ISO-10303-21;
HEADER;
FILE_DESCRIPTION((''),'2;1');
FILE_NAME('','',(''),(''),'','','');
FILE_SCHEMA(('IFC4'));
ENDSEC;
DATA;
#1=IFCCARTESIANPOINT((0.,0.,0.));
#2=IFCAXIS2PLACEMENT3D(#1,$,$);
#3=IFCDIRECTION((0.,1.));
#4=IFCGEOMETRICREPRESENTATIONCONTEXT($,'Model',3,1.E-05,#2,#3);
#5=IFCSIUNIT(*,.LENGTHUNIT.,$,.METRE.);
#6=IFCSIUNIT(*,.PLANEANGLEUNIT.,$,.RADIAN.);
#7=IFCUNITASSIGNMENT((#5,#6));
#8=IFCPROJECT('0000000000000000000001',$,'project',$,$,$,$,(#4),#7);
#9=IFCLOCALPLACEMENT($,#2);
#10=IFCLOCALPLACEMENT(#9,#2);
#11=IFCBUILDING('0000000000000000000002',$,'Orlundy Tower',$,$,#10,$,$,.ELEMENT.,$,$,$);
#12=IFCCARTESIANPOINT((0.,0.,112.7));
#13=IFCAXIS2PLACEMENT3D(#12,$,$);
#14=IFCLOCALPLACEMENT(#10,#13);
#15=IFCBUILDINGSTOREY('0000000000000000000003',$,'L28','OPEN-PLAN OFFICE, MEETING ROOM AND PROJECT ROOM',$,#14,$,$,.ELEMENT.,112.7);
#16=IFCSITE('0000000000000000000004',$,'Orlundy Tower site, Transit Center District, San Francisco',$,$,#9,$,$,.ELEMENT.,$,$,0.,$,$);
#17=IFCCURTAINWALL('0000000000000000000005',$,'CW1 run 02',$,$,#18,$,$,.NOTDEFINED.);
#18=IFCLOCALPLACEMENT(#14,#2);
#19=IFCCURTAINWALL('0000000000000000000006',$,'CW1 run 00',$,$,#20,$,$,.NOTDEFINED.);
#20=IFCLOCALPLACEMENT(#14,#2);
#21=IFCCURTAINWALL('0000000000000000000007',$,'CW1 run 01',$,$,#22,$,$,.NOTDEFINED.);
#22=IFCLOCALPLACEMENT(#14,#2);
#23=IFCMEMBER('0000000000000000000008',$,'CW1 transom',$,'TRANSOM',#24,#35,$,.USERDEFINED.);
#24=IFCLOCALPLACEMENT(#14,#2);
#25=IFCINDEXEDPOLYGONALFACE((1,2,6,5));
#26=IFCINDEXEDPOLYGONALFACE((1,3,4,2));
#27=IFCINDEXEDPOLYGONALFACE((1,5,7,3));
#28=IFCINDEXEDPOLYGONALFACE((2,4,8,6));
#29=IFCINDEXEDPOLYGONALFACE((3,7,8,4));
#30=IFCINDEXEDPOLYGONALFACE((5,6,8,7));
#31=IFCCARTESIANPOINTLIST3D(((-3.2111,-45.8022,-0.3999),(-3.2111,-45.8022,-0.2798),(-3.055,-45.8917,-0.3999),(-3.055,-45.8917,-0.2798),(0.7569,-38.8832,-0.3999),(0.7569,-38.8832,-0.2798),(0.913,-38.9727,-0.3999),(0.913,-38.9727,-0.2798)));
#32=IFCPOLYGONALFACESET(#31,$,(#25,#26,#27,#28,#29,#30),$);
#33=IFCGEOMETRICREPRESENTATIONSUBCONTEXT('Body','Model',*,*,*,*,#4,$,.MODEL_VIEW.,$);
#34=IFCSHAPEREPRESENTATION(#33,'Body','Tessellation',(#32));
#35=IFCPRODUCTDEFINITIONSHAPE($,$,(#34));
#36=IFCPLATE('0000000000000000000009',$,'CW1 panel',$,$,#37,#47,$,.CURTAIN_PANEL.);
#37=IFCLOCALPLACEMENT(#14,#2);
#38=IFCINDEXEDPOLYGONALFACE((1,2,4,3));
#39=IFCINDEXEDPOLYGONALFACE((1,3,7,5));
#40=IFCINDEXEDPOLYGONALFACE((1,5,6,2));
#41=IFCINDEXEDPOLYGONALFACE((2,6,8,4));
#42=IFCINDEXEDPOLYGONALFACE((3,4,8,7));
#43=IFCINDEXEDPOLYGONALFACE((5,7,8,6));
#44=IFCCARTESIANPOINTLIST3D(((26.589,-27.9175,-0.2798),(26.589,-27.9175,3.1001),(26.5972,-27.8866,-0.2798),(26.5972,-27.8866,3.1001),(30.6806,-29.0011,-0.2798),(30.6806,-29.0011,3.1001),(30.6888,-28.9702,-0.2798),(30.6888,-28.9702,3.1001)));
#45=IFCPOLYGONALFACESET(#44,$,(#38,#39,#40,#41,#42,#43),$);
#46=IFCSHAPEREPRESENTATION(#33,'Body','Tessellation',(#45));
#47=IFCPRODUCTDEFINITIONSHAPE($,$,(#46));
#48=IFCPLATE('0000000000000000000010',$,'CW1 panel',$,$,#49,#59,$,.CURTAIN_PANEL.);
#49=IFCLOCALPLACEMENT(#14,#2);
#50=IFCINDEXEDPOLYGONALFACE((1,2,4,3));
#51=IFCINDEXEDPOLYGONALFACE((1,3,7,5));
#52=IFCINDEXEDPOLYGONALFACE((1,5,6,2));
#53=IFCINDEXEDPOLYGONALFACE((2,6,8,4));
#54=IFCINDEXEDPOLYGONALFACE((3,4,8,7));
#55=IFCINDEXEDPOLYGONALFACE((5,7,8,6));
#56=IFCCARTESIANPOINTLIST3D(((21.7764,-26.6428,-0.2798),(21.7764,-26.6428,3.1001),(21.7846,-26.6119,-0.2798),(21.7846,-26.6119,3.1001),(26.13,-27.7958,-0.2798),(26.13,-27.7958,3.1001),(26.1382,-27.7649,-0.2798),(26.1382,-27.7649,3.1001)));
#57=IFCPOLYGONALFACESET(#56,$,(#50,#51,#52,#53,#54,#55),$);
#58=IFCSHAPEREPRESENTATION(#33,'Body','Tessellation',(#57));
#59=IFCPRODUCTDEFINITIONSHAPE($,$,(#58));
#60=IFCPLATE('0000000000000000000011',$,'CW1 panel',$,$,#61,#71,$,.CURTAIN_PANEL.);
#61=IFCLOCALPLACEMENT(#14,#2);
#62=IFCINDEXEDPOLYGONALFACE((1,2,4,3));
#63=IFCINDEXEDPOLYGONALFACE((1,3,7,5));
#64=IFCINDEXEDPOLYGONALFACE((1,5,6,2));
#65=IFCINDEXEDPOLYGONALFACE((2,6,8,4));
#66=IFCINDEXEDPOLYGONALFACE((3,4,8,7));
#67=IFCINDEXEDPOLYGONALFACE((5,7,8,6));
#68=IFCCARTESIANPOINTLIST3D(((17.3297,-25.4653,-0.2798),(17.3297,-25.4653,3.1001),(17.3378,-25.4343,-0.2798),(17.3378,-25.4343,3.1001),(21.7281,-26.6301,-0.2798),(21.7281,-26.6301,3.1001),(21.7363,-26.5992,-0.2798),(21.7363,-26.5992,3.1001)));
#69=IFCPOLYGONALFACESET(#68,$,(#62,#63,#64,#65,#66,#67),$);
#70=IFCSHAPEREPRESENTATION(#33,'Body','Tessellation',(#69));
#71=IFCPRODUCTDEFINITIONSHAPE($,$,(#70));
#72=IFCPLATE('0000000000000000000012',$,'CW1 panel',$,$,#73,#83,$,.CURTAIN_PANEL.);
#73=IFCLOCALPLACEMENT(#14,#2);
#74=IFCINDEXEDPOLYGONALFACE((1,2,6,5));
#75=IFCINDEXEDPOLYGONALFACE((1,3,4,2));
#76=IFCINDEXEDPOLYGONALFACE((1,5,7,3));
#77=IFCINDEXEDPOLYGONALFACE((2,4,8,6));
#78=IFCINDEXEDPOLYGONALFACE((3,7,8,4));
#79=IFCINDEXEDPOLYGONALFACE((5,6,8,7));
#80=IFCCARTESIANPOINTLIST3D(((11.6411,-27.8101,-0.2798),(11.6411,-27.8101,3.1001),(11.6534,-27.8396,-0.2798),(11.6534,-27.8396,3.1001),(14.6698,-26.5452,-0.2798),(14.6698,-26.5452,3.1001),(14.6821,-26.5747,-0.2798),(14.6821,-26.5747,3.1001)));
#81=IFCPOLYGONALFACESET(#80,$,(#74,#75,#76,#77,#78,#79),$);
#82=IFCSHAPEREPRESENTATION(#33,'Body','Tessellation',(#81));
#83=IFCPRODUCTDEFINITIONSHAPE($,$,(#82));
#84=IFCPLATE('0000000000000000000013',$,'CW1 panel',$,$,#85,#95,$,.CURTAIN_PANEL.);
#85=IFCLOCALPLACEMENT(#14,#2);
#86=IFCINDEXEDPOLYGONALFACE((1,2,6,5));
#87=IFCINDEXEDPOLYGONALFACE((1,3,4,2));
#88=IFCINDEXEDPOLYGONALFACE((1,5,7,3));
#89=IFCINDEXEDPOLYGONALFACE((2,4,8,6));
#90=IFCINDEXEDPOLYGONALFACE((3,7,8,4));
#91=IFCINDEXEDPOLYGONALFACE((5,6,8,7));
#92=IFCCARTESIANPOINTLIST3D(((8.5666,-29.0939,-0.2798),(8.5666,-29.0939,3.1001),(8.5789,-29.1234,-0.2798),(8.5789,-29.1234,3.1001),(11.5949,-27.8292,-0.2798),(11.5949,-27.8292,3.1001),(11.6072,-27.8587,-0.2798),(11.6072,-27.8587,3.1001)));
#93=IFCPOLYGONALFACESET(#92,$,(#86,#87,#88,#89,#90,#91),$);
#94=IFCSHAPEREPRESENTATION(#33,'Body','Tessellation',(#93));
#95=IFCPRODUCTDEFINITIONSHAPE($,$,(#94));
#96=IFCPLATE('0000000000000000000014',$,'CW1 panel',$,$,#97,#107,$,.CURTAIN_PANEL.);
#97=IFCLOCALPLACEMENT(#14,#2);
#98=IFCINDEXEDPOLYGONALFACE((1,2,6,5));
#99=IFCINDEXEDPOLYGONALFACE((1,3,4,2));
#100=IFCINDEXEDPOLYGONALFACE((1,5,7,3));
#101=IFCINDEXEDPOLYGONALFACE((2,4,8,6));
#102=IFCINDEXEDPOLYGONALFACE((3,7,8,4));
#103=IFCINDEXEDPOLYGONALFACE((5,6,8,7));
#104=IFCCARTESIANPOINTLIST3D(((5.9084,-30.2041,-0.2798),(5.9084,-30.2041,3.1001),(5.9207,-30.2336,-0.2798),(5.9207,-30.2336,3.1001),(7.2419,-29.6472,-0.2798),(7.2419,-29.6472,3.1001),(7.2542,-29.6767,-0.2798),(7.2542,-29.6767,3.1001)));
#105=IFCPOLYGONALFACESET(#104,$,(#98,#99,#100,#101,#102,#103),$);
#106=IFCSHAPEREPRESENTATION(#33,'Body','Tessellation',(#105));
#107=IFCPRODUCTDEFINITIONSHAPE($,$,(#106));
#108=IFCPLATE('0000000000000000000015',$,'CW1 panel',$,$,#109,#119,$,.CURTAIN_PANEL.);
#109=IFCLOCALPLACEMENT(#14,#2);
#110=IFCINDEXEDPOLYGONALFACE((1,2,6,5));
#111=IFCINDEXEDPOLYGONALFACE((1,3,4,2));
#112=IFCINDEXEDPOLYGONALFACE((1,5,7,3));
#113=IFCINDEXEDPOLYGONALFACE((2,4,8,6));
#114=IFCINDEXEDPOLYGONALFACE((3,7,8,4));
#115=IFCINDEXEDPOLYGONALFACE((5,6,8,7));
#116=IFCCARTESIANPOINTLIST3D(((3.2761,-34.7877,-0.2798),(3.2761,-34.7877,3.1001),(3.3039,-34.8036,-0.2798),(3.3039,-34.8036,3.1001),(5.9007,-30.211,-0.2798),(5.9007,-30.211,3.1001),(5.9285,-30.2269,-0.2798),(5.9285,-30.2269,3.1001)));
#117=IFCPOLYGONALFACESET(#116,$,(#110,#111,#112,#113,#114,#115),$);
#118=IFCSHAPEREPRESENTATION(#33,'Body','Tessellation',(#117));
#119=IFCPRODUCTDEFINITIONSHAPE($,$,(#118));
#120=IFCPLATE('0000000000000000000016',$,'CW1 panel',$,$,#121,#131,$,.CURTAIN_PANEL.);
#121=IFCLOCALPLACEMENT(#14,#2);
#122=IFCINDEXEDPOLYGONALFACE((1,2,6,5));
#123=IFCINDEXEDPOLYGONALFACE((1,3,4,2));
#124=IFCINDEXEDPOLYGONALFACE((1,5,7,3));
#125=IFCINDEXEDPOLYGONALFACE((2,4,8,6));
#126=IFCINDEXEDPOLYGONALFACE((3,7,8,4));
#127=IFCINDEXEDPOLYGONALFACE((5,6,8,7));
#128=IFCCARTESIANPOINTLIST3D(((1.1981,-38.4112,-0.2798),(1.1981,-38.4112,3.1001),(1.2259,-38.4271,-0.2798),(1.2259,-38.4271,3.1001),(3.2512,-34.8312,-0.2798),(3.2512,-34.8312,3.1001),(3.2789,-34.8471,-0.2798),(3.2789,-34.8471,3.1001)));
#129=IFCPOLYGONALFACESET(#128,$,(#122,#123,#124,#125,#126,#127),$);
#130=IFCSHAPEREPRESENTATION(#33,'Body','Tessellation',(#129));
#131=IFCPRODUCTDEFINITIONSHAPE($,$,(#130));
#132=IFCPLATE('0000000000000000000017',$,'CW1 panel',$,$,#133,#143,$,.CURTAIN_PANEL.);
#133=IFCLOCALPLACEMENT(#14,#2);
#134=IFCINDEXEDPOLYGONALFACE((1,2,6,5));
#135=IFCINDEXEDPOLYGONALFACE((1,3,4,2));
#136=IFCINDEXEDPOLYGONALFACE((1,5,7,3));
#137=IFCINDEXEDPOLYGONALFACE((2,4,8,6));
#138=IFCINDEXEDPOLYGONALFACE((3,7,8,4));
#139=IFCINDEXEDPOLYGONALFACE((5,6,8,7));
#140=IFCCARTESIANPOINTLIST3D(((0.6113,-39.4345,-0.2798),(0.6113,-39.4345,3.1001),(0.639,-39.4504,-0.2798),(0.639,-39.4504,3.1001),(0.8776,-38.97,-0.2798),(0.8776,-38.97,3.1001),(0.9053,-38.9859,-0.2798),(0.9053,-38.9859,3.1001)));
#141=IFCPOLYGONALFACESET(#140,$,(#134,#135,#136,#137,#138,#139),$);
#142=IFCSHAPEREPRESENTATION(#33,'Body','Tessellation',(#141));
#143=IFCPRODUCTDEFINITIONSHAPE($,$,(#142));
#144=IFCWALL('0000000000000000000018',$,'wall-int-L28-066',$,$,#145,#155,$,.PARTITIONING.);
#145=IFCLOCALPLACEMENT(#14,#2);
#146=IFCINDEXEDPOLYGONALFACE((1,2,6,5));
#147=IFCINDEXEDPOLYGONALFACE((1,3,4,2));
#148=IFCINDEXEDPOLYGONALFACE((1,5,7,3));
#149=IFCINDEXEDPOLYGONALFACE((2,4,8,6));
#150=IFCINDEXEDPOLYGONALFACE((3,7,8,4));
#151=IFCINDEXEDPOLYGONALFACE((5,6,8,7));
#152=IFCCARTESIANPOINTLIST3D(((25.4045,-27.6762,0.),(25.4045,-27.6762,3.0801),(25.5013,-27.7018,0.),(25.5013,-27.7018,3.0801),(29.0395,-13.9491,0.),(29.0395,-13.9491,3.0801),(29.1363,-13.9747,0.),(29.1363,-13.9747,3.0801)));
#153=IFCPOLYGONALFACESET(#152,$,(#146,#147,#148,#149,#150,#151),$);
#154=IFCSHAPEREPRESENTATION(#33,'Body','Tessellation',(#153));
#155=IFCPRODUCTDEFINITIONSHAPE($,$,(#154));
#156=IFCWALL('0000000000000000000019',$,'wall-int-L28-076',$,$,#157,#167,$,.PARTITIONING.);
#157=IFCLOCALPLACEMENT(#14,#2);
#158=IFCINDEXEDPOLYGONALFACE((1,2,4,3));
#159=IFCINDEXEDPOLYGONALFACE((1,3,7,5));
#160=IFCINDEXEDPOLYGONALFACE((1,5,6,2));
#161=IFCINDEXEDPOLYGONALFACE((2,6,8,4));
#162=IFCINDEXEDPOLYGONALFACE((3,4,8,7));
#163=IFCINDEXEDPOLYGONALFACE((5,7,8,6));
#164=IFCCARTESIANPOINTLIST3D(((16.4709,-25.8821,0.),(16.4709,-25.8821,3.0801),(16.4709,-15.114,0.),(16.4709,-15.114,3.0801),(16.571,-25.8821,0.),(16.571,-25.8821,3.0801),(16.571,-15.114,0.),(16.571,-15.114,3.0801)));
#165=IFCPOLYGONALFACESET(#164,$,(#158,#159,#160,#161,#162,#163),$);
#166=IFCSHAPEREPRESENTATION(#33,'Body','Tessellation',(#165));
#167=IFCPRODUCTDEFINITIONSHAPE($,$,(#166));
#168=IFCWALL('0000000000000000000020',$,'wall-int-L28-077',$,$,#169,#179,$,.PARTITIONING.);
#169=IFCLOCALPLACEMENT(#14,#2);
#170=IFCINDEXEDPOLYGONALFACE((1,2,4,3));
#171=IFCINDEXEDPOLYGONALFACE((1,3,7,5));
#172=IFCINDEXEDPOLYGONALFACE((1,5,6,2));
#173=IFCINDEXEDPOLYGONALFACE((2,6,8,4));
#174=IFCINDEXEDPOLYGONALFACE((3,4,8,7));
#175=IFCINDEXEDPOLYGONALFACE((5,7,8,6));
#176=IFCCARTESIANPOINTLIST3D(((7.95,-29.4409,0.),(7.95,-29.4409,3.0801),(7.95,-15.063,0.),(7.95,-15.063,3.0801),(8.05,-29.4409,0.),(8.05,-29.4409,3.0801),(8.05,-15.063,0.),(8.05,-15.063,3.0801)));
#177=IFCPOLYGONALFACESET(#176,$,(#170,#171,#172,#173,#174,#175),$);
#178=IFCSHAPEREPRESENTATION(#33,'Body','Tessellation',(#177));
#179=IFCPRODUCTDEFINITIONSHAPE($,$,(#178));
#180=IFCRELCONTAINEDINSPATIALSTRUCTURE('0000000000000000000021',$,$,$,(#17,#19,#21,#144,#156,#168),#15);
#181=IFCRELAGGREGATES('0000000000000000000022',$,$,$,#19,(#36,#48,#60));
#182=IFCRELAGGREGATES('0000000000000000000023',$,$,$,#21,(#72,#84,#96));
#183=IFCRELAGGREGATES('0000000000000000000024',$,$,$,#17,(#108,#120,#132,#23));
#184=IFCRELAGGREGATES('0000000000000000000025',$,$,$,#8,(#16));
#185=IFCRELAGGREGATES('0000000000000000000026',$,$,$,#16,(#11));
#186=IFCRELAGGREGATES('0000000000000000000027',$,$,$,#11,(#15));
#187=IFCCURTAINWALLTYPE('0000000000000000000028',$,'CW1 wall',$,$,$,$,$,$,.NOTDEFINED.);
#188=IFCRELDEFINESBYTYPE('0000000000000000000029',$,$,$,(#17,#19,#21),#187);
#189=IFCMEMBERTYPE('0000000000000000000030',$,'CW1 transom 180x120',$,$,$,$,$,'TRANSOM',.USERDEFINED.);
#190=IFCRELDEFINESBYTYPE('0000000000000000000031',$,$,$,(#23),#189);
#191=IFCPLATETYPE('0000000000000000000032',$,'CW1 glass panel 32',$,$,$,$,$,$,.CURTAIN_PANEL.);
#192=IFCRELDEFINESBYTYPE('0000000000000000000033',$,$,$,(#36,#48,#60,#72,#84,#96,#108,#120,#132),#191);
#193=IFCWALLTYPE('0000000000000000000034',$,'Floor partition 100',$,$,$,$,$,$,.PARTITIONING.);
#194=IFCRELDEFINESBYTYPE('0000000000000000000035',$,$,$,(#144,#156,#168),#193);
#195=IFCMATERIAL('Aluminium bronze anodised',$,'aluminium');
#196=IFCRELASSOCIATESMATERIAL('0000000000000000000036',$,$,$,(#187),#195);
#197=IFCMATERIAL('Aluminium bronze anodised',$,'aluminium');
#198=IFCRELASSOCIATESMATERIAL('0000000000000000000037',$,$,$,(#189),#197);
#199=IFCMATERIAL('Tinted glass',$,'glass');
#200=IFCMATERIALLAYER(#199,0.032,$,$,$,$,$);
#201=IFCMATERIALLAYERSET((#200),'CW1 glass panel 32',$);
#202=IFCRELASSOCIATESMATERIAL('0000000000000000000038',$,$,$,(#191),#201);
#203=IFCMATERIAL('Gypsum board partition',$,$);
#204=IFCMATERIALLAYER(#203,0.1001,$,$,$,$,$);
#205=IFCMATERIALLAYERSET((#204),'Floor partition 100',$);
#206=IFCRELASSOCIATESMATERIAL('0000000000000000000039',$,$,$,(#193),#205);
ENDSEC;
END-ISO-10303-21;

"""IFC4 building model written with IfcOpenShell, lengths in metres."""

from ifc_helpers import new_model, si_unit, direction, frame, frame_2d, origin, origin_2d, place, context, subcontext, project, spatial, rectangle, extrude, material, layer, layer_set, material_profile, profile_set, type_object, element, aggregate, save


model = new_model("IFC4")

# Units and contexts
model_context = context("Model", 3, precision=1e-05, world=origin(), true_north=direction((0.0, 1.0)))
body_context = subcontext(model_context, "Body", "Model", "MODEL_VIEW")
ifc_project = project(units=[si_unit("LENGTHUNIT", "METRE"), si_unit("PLANEANGLEUNIT", "RADIAN")], contexts=[model_context])

# Site, building, storey
site_placement = place(None, origin())
site = spatial("IfcSite", under=ifc_project, at=site_placement, Name="Orlundy Tower site, Transit Center District, San Francisco", CompositionType="ELEMENT", RefElevation=0.0)
building_placement = place(site_placement, origin())
building = spatial("IfcBuilding", under=site, at=building_placement, Name="Orlundy Tower", CompositionType="ELEMENT")
storey_placement = place(building_placement, frame((0.0, 0.0, 112.7)))
storey = spatial("IfcBuildingStorey", under=building, at=storey_placement, Name="L28", Description="OPEN-PLAN OFFICE, MEETING ROOM AND PROJECT ROOM", CompositionType="ELEMENT", Elevation=112.7)

# Curtain wall
ifc_material_1 = material(Name="Aluminium bronze anodised", Category="aluminium")
curtain_wall_type = type_object("IfcCurtainWallType", Name="CW1 wall", PredefinedType="NOTDEFINED", material=ifc_material_1)
curtain_wall_1_placement = place(storey_placement, origin())
curtain_wall_1 = element("IfcCurtainWall", 1, at=curtain_wall_1_placement, inside=storey, type_object=curtain_wall_type, Name="CW1 run 02", PredefinedType="NOTDEFINED")

# Curtain wall
curtain_wall_2_placement = place(storey_placement, origin())
curtain_wall_2 = element("IfcCurtainWall", 2, at=curtain_wall_2_placement, inside=storey, type_object=curtain_wall_type, Name="CW1 run 00", PredefinedType="NOTDEFINED")

# Curtain wall
curtain_wall_3_placement = place(storey_placement, origin())
curtain_wall_3 = element("IfcCurtainWall", 3, at=curtain_wall_3_placement, inside=storey, type_object=curtain_wall_type, Name="CW1 run 01", PredefinedType="NOTDEFINED")

# Member
ifc_material_2 = material(Name="Aluminium bronze anodised", Category="aluminium")
ifc_material_profile_1 = material_profile(ifc_material_2, rectangle(XDim=0.1799, YDim=0.1201, at=origin_2d()), Name="CW1 transom 180x120")
ifc_profile_set_1 = profile_set([ifc_material_profile_1], Name="Aluminium bronze anodised")
member_type_1 = type_object("IfcMemberType", Name="CW1 transom 180x120", ElementType="TRANSOM", PredefinedType="USERDEFINED", material=ifc_profile_set_1)
member_1_placement = place(storey_placement, frame((0.835, -38.928, -0.3398), z_axis=(-0.497493, -0.867468, 0.0), x_axis=(0.867468, -0.497493, 0.0)))
member_1 = element("IfcMember", 4, at=member_1_placement, type_object=member_type_1, Name="CW1 transom", ObjectType="TRANSOM", PredefinedType="USERDEFINED", context=body_context, shape_type="SweptSolid", body=[
    extrude(rectangle(XDim=0.1799, YDim=0.1201, at=origin_2d()), origin(), (0.0, 0.0, 1.0), 7.9761),
])

# Plates
ifc_material_3 = material(Name="Tinted glass", Category="glass")
ifc_layer_1 = layer(ifc_material_3, 0.032)
ifc_layer_set_1 = layer_set([ifc_layer_1], Name="CW1 glass panel 32")
plate_type = type_object("IfcPlateType", Name="CW1 glass panel 32", PredefinedType="CURTAIN_PANEL", material=ifc_layer_set_1)
plate_1_placement = place(storey_placement, frame((28.6389, -28.4438, -0.2798), z_axis=(0.0, 0.0, 1.0), x_axis=(-0.966674, 0.256011, 0.0)))
plate_1 = element("IfcPlate", 5, at=plate_1_placement, type_object=plate_type, Name="CW1 panel", PredefinedType="CURTAIN_PANEL", context=body_context, shape_type="SweptSolid", body=[
    extrude(rectangle(XDim=4.2327, YDim=0.032, at=origin_2d()), origin(), (0.0, 0.0, 1.0), 3.3799),
])
plate_2_placement = place(storey_placement, frame((23.9573, -27.2039, -0.2798), z_axis=(0.0, 0.0, 1.0), x_axis=(-0.966674, 0.256011, 0.0)))
plate_2 = element("IfcPlate", 6, at=plate_2_placement, type_object=plate_type, Name="CW1 panel", PredefinedType="CURTAIN_PANEL", context=body_context, shape_type="SweptSolid", body=[
    extrude(rectangle(XDim=4.5037, YDim=0.032, at=origin_2d()), origin(), (0.0, 0.0, 1.0), 3.3799),
])
plate_3_placement = place(storey_placement, frame((19.533, -26.0322, -0.2798), z_axis=(0.0, 0.0, 1.0), x_axis=(-0.966674, 0.256011, 0.0)))
plate_3 = element("IfcPlate", 7, at=plate_3_placement, type_object=plate_type, Name="CW1 panel", PredefinedType="CURTAIN_PANEL", context=body_context, shape_type="SweptSolid", body=[
    extrude(rectangle(XDim=4.55, YDim=0.032, at=origin_2d()), origin(), (0.0, 0.0, 1.0), 3.3799),
])
aggregate(curtain_wall_2, [plate_1, plate_2, plate_3])
plate_4_placement = place(storey_placement, frame((13.1616, -27.1924, -0.2798), z_axis=(0.0, 0.0, 1.0), x_axis=(-0.922759, -0.385377, 0.0)))
plate_4 = element("IfcPlate", 8, at=plate_4_placement, type_object=plate_type, Name="CW1 panel", PredefinedType="CURTAIN_PANEL", context=body_context, shape_type="SweptSolid", body=[
    extrude(rectangle(XDim=3.2822, YDim=0.032, at=origin_2d()), origin(), (0.0, 0.0, 1.0), 3.3799),
])
plate_5_placement = place(storey_placement, frame((10.0869, -28.4763, -0.2798), z_axis=(0.0, 0.0, 1.0), x_axis=(-0.922759, -0.385377, 0.0)))
plate_5 = element("IfcPlate", 9, at=plate_5_placement, type_object=plate_type, Name="CW1 panel", PredefinedType="CURTAIN_PANEL", context=body_context, shape_type="SweptSolid", body=[
    extrude(rectangle(XDim=3.2817, YDim=0.032, at=origin_2d()), origin(), (0.0, 0.0, 1.0), 3.3799),
])
plate_6_placement = place(storey_placement, frame((6.5813, -29.9404, -0.2798), z_axis=(0.0, 0.0, 1.0), x_axis=(-0.922759, -0.385377, 0.0)))
plate_6 = element("IfcPlate", 10, at=plate_6_placement, type_object=plate_type, Name="CW1 panel", PredefinedType="CURTAIN_PANEL", context=body_context, shape_type="SweptSolid", body=[
    extrude(rectangle(XDim=1.4451, YDim=0.032, at=origin_2d()), origin(), (0.0, 0.0, 1.0), 3.3799),
])
aggregate(curtain_wall_3, [plate_4, plate_5, plate_6])
plate_7_placement = place(storey_placement, frame((4.6023, -32.5073, -0.2798), z_axis=(0.0, 0.0, 1.0), x_axis=(-0.497473, -0.867479, 0.0)))
plate_7 = element("IfcPlate", 11, at=plate_7_placement, type_object=plate_type, Name="CW1 panel", PredefinedType="CURTAIN_PANEL", context=body_context, shape_type="SweptSolid", body=[
    extrude(rectangle(XDim=5.2759, YDim=0.032, at=origin_2d()), origin(), (0.0, 0.0, 1.0), 3.3799),
])
plate_8_placement = place(storey_placement, frame((2.2385, -36.6292, -0.2798), z_axis=(0.0, 0.0, 1.0), x_axis=(-0.497473, -0.867479, 0.0)))
plate_8 = element("IfcPlate", 12, at=plate_8_placement, type_object=plate_type, Name="CW1 panel", PredefinedType="CURTAIN_PANEL", context=body_context, shape_type="SweptSolid", body=[
    extrude(rectangle(XDim=4.127, YDim=0.032, at=origin_2d()), origin(), (0.0, 0.0, 1.0), 3.3799),
])
plate_9_placement = place(storey_placement, frame((0.7583, -39.2102, -0.2798), z_axis=(0.0, 0.0, 1.0), x_axis=(-0.497473, -0.867479, 0.0)))
plate_9 = element("IfcPlate", 13, at=plate_9_placement, type_object=plate_type, Name="CW1 panel", PredefinedType="CURTAIN_PANEL", context=body_context, shape_type="SweptSolid", body=[
    extrude(rectangle(XDim=0.5354, YDim=0.032, at=origin_2d()), origin(), (0.0, 0.0, 1.0), 3.3799),
])
aggregate(curtain_wall_1, [plate_7, plate_8, plate_9, member_1])

# Walls
ifc_material_4 = material(Name="Gypsum board partition")
ifc_layer_2 = layer(ifc_material_4, 0.1001)
ifc_layer_set_2 = layer_set([ifc_layer_2], Name="Floor partition 100")
wall_type = type_object("IfcWallType", Name="Floor partition 100", PredefinedType="PARTITIONING", material=ifc_layer_set_2)
wall_1_placement = place(storey_placement, frame((25.4529, -27.689, 0.0), z_axis=(0.0, 0.0, 1.0), x_axis=(0.255983, 0.966681, 0.0)))
element("IfcWall", 14, at=wall_1_placement, inside=storey, type_object=wall_type, Name="wall-int-L28-066", PredefinedType="PARTITIONING", context=body_context, shape_type="SweptSolid", body=[
    extrude(rectangle(XDim=14.2002, YDim=0.1001, at=frame_2d((7.1001, 0.0))), origin(), (0.0, 0.0, 1.0), 3.0801),
])
wall_2_placement = place(storey_placement, frame((16.521, -25.8821, 0.0), z_axis=(0.0, 0.0, 1.0), x_axis=(0.0, 1.0, 0.0)))
element("IfcWall", 15, at=wall_2_placement, inside=storey, type_object=wall_type, Name="wall-int-L28-076", PredefinedType="PARTITIONING", context=body_context, shape_type="SweptSolid", body=[
    extrude(rectangle(XDim=10.7681, YDim=0.1001, at=frame_2d((5.384, 0.0))), origin(), (0.0, 0.0, 1.0), 3.0801),
])
wall_3_placement = place(storey_placement, frame((8.0, -29.4409, 0.0), z_axis=(0.0, 0.0, 1.0), x_axis=(0.0, 1.0, 0.0)))
element("IfcWall", 16, at=wall_3_placement, inside=storey, type_object=wall_type, Name="wall-int-L28-077", PredefinedType="PARTITIONING", context=body_context, shape_type="SweptSolid", body=[
    extrude(rectangle(XDim=14.3779, YDim=0.1001, at=frame_2d((7.189, 0.0))), origin(), (0.0, 0.0, 1.0), 3.0801),
])

save(model, "model.ifc")
